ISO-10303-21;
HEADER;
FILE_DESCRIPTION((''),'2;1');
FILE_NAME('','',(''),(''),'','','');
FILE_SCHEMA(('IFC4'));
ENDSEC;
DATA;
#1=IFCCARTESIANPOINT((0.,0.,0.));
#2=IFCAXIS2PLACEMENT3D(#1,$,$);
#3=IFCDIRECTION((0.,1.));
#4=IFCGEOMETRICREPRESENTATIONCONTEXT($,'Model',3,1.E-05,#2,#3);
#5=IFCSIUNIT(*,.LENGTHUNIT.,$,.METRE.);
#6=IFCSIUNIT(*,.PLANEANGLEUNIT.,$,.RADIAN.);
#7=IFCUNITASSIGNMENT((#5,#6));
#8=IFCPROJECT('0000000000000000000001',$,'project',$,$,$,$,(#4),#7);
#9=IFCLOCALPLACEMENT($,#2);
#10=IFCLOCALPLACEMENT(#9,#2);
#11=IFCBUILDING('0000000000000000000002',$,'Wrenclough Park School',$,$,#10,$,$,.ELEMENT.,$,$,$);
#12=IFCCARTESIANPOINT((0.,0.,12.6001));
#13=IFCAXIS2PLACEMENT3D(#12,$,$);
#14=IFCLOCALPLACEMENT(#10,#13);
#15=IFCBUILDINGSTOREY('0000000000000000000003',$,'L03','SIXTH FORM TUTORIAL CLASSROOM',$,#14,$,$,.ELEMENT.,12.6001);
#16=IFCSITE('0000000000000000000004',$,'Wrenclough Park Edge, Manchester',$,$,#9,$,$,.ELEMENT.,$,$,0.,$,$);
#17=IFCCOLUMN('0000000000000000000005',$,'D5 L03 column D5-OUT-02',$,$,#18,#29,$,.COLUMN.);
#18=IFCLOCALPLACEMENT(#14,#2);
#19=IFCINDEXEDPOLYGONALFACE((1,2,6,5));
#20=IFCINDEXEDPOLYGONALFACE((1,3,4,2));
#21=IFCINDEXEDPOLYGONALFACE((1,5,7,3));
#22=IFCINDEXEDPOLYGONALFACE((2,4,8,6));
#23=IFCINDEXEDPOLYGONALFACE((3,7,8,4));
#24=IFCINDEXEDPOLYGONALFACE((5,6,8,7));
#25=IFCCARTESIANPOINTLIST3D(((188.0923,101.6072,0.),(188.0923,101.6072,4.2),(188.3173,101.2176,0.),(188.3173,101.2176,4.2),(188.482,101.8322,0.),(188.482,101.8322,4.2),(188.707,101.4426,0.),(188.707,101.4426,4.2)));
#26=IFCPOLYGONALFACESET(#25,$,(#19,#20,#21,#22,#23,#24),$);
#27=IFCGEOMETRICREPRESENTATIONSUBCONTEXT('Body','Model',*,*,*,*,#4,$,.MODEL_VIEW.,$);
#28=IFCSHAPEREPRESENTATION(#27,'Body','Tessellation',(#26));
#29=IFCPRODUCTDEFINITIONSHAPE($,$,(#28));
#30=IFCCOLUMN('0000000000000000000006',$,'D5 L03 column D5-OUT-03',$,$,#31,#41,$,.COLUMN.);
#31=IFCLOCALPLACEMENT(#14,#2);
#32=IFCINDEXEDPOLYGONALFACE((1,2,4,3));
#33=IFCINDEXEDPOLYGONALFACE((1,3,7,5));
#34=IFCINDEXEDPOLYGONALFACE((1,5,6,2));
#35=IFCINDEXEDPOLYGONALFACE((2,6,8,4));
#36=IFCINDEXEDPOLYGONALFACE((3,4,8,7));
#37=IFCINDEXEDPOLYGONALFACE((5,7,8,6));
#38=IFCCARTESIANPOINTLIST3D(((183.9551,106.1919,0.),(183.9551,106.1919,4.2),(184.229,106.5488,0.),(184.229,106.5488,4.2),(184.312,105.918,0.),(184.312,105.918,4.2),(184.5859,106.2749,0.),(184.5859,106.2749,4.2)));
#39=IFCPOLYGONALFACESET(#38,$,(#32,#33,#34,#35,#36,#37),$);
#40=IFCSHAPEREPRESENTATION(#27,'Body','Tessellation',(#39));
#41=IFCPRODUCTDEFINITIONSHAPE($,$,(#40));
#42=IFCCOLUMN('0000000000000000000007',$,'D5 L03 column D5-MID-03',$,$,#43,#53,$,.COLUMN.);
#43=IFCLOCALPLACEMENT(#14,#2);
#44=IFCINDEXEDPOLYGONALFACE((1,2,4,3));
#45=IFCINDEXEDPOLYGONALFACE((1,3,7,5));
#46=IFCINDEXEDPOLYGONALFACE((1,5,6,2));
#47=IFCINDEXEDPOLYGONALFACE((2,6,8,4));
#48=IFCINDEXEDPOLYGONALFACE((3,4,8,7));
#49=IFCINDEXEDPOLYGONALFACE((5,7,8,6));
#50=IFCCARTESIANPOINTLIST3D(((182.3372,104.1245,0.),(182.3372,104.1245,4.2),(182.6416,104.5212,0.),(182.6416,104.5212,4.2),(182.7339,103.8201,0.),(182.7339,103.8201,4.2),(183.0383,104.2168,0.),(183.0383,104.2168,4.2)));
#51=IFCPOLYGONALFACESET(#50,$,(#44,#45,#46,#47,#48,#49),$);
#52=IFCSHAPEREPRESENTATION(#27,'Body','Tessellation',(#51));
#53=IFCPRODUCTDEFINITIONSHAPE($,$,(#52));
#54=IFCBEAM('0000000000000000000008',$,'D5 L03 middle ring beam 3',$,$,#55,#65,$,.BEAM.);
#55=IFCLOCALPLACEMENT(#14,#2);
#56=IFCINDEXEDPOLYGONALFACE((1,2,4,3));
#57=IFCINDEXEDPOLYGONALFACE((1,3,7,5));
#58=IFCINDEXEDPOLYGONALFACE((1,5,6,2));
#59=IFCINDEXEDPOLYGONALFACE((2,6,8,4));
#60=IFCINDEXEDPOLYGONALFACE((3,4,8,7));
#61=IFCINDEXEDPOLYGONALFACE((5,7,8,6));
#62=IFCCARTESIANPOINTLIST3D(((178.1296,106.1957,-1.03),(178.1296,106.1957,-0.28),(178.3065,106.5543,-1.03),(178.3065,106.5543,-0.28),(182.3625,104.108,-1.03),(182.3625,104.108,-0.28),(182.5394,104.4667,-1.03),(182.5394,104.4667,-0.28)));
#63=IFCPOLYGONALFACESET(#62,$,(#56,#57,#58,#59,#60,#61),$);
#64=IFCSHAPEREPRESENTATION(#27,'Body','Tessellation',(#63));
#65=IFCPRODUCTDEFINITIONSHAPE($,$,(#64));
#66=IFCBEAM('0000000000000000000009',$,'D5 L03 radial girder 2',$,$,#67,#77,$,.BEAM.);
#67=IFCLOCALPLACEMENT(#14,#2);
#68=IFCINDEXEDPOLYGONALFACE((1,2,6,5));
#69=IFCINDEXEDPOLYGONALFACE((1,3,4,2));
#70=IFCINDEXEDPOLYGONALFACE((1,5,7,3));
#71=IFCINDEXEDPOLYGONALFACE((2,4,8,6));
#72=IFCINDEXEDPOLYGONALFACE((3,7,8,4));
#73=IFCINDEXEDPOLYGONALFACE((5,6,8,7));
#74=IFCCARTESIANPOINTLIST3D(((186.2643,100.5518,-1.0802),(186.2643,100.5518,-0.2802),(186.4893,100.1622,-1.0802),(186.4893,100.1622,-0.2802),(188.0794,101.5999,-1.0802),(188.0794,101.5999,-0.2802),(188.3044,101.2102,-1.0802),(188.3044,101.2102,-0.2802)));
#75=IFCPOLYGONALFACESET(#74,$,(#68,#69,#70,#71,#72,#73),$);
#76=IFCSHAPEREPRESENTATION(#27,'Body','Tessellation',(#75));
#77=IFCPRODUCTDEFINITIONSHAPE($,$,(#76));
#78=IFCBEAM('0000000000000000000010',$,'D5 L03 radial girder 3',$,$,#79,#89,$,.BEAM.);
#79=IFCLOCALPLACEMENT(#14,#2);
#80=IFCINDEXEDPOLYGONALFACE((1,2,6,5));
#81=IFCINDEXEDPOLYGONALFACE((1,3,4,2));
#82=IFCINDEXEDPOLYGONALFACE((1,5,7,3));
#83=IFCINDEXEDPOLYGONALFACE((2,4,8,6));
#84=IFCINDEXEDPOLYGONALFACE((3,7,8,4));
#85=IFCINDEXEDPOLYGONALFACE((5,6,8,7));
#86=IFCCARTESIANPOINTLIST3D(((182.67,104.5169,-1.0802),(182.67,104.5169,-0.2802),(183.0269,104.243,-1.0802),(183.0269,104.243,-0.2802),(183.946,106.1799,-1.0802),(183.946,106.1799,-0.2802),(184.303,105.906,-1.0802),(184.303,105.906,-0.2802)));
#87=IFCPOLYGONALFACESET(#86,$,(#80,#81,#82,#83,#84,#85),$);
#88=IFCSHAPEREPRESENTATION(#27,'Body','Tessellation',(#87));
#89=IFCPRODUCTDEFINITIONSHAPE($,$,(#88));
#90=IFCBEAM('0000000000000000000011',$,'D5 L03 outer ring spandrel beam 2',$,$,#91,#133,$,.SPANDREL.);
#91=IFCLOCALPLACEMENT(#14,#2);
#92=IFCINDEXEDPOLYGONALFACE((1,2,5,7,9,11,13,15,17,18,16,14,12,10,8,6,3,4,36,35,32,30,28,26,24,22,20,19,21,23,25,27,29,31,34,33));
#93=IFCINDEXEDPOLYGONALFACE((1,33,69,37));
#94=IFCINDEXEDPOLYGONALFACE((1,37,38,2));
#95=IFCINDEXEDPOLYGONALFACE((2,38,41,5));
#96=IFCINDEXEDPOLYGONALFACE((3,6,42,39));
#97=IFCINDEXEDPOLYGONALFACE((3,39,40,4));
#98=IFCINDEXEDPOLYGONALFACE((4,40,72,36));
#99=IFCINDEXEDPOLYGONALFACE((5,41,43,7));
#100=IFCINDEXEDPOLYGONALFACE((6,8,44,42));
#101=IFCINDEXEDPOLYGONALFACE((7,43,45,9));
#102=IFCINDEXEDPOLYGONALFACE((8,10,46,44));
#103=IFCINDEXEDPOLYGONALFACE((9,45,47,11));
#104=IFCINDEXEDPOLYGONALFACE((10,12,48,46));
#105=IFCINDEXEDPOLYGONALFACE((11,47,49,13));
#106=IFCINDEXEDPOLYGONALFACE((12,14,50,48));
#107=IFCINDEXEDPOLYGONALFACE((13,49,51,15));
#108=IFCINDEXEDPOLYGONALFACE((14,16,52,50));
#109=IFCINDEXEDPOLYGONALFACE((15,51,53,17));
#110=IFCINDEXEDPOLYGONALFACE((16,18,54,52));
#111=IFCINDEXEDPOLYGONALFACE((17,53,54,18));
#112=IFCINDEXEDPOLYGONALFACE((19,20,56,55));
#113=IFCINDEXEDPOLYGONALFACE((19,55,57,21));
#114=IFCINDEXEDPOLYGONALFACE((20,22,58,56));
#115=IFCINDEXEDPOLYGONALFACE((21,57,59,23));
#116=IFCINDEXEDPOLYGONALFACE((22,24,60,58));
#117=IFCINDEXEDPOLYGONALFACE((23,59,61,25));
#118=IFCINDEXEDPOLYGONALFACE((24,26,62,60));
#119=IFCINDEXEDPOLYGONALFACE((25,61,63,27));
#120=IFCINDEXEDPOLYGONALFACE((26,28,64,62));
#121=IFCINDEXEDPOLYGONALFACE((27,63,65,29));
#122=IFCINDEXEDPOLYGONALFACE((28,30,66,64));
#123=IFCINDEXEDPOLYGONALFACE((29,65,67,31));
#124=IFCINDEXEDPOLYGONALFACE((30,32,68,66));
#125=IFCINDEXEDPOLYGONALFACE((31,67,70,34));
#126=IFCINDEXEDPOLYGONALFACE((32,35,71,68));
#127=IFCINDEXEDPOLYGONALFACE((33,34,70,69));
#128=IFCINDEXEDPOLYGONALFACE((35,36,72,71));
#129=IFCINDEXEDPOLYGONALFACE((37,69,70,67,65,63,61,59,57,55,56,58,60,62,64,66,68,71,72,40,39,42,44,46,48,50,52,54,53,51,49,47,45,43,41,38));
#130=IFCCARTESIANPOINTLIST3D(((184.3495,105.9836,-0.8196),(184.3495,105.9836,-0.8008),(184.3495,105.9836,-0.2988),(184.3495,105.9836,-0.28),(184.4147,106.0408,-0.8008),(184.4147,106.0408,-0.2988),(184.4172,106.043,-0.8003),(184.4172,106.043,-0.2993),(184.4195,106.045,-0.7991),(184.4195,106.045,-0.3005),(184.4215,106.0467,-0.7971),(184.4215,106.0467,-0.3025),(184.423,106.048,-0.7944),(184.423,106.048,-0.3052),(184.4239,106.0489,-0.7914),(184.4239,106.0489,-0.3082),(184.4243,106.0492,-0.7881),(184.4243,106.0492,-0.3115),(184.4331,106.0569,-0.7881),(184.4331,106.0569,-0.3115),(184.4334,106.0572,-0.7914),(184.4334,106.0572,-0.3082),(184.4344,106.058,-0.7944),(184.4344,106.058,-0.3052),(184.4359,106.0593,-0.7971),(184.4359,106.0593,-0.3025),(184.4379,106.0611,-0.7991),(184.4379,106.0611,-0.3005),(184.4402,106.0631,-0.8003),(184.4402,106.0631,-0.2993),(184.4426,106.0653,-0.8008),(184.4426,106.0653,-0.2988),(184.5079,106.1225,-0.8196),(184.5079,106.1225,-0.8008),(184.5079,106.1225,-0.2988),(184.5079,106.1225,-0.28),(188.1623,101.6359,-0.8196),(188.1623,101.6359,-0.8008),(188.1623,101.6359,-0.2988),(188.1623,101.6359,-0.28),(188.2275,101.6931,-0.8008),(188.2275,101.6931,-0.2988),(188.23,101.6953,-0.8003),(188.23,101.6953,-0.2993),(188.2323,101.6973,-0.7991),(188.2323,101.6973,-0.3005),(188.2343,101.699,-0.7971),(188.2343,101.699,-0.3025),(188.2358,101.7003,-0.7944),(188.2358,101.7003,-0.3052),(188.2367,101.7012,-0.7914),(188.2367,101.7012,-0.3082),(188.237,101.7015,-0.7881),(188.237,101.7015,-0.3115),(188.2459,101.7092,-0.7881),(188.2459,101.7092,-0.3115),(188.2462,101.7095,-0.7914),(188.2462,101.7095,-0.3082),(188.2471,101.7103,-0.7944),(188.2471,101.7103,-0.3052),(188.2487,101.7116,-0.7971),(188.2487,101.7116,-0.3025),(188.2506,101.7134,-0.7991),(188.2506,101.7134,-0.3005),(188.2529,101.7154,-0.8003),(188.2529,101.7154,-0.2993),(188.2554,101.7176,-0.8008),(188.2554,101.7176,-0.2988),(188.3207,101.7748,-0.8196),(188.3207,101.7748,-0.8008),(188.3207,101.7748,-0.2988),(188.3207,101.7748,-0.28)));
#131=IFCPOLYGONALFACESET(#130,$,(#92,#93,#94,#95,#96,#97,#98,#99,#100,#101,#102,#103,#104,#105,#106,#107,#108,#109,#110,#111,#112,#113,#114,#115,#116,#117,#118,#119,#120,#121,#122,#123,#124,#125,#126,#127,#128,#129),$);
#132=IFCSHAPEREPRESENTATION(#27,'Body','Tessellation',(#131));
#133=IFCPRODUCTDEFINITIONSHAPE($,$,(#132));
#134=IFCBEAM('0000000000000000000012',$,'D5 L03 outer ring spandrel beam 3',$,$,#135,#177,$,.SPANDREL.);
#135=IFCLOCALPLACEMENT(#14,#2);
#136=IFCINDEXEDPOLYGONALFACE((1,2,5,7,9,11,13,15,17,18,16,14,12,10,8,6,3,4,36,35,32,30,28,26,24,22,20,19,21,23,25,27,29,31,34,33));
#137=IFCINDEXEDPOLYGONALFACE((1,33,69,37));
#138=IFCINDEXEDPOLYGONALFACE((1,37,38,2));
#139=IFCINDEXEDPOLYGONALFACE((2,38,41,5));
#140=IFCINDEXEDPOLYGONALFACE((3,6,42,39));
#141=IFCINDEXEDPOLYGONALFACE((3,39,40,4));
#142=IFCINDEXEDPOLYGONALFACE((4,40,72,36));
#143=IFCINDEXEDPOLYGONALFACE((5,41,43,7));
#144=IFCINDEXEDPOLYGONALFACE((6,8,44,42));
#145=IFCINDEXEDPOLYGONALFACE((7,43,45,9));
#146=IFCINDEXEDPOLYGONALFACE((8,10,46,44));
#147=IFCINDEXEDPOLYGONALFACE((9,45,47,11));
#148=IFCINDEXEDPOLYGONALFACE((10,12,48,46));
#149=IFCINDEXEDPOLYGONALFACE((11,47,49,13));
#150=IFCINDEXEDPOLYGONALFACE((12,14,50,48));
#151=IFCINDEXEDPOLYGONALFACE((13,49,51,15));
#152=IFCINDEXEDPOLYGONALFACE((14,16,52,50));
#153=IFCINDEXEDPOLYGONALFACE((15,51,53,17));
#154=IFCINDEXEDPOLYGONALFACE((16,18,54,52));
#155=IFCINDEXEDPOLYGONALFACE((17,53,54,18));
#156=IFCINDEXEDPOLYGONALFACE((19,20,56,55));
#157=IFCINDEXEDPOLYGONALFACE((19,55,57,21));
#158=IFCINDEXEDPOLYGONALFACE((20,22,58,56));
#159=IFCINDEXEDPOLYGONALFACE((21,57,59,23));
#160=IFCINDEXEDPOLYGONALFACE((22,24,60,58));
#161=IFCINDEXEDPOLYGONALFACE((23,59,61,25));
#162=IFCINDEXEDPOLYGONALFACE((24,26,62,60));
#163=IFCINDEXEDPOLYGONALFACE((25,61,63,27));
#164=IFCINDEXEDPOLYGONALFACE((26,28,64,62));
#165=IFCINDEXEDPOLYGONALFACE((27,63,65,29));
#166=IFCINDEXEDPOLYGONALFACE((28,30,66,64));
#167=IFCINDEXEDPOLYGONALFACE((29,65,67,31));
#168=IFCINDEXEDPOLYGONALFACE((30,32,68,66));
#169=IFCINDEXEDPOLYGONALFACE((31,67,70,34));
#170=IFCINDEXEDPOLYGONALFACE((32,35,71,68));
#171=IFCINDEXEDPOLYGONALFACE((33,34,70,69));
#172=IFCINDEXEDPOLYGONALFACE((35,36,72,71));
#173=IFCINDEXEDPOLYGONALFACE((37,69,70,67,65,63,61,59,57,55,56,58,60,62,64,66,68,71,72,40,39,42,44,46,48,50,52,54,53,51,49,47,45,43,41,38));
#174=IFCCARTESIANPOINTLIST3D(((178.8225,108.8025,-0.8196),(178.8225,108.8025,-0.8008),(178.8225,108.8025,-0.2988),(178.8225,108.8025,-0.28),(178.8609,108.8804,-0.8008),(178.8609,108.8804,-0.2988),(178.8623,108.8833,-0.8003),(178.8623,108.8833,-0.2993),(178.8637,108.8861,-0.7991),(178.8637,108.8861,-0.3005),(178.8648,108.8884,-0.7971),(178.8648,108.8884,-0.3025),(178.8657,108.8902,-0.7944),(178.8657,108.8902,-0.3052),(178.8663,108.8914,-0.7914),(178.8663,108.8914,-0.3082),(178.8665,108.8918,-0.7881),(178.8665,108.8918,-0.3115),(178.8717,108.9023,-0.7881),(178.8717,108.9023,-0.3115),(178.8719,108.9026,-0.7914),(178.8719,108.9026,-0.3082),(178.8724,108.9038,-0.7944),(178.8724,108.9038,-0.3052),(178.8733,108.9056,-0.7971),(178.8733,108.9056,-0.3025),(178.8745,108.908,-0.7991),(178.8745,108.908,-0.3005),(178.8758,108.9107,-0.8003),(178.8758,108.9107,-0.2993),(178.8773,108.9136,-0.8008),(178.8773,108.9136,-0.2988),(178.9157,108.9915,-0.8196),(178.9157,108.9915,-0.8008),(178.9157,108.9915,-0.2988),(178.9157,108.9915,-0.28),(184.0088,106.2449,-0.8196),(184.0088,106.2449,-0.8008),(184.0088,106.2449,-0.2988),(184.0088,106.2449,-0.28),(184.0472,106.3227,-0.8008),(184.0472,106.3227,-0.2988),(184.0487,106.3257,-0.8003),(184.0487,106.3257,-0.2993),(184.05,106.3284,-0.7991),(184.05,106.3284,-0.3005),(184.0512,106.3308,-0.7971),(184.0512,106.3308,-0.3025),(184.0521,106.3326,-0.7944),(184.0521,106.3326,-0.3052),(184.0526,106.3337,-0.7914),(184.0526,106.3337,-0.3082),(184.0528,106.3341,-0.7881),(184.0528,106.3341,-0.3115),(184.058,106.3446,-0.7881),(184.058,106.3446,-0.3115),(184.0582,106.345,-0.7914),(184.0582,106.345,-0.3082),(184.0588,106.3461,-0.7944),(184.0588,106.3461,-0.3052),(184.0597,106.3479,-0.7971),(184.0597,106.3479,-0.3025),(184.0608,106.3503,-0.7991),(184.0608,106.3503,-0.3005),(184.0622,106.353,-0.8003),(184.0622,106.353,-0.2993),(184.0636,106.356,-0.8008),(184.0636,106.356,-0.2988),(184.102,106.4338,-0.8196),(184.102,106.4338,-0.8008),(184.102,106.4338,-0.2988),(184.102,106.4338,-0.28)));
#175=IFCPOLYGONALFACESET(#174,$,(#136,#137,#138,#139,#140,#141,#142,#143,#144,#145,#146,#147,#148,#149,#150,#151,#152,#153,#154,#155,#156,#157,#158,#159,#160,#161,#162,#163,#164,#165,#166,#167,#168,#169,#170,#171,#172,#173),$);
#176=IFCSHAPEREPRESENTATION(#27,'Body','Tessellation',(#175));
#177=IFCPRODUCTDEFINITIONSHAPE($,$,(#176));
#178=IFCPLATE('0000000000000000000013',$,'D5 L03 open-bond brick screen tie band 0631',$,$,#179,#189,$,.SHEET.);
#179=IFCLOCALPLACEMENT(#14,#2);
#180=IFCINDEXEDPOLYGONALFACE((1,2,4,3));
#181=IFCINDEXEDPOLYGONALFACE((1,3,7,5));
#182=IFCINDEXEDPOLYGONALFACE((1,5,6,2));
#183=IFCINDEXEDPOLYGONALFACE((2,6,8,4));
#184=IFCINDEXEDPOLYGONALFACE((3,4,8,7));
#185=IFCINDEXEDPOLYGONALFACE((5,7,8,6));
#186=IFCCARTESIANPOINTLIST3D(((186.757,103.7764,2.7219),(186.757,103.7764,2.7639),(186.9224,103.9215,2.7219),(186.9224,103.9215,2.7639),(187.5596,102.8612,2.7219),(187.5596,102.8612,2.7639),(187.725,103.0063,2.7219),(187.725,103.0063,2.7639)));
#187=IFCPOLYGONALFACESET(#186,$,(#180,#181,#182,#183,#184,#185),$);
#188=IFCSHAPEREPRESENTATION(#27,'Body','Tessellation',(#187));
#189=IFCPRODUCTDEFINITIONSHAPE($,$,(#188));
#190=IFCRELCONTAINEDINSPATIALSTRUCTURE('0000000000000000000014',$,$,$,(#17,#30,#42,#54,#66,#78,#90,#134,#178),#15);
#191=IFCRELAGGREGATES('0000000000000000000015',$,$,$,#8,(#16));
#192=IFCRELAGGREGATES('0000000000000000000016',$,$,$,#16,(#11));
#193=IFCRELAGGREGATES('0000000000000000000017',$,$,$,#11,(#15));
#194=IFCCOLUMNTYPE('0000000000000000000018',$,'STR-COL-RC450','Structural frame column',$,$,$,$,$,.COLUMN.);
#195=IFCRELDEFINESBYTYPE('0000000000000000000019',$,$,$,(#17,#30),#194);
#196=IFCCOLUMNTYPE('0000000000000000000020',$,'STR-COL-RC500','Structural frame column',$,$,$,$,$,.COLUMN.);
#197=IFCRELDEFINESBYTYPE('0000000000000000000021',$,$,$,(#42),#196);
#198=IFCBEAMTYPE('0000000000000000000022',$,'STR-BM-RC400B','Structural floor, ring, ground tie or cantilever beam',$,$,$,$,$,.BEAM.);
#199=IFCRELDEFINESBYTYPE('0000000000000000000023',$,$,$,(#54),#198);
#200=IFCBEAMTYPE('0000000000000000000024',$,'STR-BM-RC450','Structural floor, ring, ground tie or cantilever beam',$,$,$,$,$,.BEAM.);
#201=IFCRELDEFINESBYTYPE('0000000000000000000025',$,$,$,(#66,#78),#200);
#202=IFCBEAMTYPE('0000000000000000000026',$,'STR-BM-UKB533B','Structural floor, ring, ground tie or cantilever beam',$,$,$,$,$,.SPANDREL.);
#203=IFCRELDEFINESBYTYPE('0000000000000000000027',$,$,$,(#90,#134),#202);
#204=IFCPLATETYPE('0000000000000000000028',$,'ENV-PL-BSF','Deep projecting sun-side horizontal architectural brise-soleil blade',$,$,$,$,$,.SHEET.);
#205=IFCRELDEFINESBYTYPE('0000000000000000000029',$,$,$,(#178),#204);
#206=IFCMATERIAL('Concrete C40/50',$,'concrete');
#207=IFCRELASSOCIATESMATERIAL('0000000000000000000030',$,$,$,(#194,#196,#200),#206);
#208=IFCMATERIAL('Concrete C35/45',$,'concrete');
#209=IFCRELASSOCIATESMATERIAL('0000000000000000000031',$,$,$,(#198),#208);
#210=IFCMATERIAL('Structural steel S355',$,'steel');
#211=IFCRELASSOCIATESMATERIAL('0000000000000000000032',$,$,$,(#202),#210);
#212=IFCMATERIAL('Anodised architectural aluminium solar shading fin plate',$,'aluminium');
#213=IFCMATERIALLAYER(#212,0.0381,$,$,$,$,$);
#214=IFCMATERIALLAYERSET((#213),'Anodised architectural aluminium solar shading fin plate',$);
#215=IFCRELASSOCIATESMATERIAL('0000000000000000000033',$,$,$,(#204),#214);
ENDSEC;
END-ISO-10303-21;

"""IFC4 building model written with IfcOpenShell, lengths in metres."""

from ifc_helpers import new_model, si_unit, direction, frame, origin, origin_2d, place, context, subcontext, project, spatial, rectangle, i_section, extrude, material, layer, layer_set, material_profile, profile_set, type_object, element, save


model = new_model("IFC4")

# Units and contexts
model_context = context("Model", 3, precision=1e-05, world=origin(), true_north=direction((0.0, 1.0)))
body_context = subcontext(model_context, "Body", "Model", "MODEL_VIEW")
ifc_project = project(units=[si_unit("LENGTHUNIT", "METRE"), si_unit("PLANEANGLEUNIT", "RADIAN")], contexts=[model_context])

# Site, building, storey
site_placement = place(None, origin())
site = spatial("IfcSite", under=ifc_project, at=site_placement, Name="Wrenclough Park Edge, Manchester", CompositionType="ELEMENT", RefElevation=0.0)
building_placement = place(site_placement, origin())
building = spatial("IfcBuilding", under=site, at=building_placement, Name="Wrenclough Park School", CompositionType="ELEMENT")
storey_placement = place(building_placement, frame((0.0, 0.0, 12.6001)))
storey = spatial("IfcBuildingStorey", under=building, at=storey_placement, Name="L03", Description="SIXTH FORM TUTORIAL CLASSROOM", CompositionType="ELEMENT", Elevation=12.6001)

# Columns
ifc_material_1 = material(Name="Concrete C40/50", Category="concrete")
ifc_material_profile_1 = material_profile(ifc_material_1, rectangle(XDim=0.45, YDim=0.45, at=origin_2d()), Name="RC COL 450x450")
ifc_profile_set_1 = profile_set([ifc_material_profile_1], Name="Concrete C40/50")
column_type_1 = type_object("IfcColumnType", Name="STR-COL-RC450", Description="Structural frame column", PredefinedType="COLUMN", material=ifc_profile_set_1)
for number, where, z_axis, x_axis, name in (
    (1, (188.3997, 101.5249, 0.0), (0.0, 0.0, 1.0), (-0.5, 0.866025, 0.0), "D5 L03 column D5-OUT-02"),
    (2, (184.2705, 106.2334, 0.0), (0.0, 0.0, 1.0), (-0.793353, 0.608761, 0.0), "D5 L03 column D5-OUT-03"),
):
    element("IfcColumn", number, at=place(storey_placement, frame(where, z_axis=z_axis, x_axis=x_axis)), inside=storey, type_object=column_type_1, Name=name, PredefinedType="COLUMN", context=body_context, shape_type="SweptSolid", body=[
        extrude(rectangle(XDim=0.45, YDim=0.45, at=origin_2d()), origin(), (0.0, 0.0, 1.0), 4.2),
    ])
ifc_material_profile_2 = material_profile(ifc_material_1, rectangle(XDim=0.5, YDim=0.5, at=origin_2d()), Name="RC COL 500x500")
ifc_profile_set_2 = profile_set([ifc_material_profile_2], Name="Concrete C40/50")
column_type_2 = type_object("IfcColumnType", Name="STR-COL-RC500", Description="Structural frame column", PredefinedType="COLUMN", material=ifc_profile_set_2)
column_placement = place(storey_placement, frame((182.6877, 104.1707, 0.0), z_axis=(0.0, 0.0, 1.0), x_axis=(-0.793353, 0.608761, 0.0)))
element("IfcColumn", 3, at=column_placement, inside=storey, type_object=column_type_2, Name="D5 L03 column D5-MID-03", PredefinedType="COLUMN", context=body_context, shape_type="SweptSolid", body=[
    extrude(rectangle(XDim=0.5, YDim=0.5, at=origin_2d()), origin(), (0.0, 0.0, 1.0), 4.2),
])

# Beams
ifc_material_2 = material(Name="Concrete C35/45", Category="concrete")
ifc_material_profile_3 = material_profile(ifc_material_2, rectangle(XDim=0.3999, YDim=0.75, at=origin_2d()), Name="RC BEAM 400x750")
ifc_profile_set_3 = profile_set([ifc_material_profile_3], Name="Concrete C35/45")
beam_type_1 = type_object("IfcBeamType", Name="STR-BM-RC400B", Description="Structural floor, ring, ground tie or cantilever beam", PredefinedType="BEAM", material=ifc_profile_set_3)
beam_1_placement = place(storey_placement, frame((182.4509, 104.2874, -0.655), z_axis=(-0.896855, 0.442324, 0.0), x_axis=(-0.442324, -0.896855, 0.0)))
element("IfcBeam", 4, at=beam_1_placement, inside=storey, type_object=beam_type_1, Name="D5 L03 middle ring beam 3", PredefinedType="BEAM", context=body_context, shape_type="SweptSolid", body=[
    extrude(rectangle(XDim=0.3999, YDim=0.75, at=origin_2d()), origin(), (0.0, 0.0, 1.0), 4.7197),
])
ifc_material_profile_4 = material_profile(ifc_material_1, rectangle(XDim=0.45, YDim=0.8, at=origin_2d()), Name="RC BEAM 450x800")
ifc_profile_set_4 = profile_set([ifc_material_profile_4], Name="Concrete C40/50")
beam_type_2 = type_object("IfcBeamType", Name="STR-BM-RC450", Description="Structural floor, ring, ground tie or cantilever beam", PredefinedType="BEAM", material=ifc_profile_set_4)
beam_2_placement = place(storey_placement, frame((188.1919, 101.405, -0.6802), z_axis=(-0.866005, -0.500035, 0.0), x_axis=(0.500035, -0.866005, 0.0)))
element("IfcBeam", 5, at=beam_2_placement, inside=storey, type_object=beam_type_2, Name="D5 L03 radial girder 2", PredefinedType="BEAM", context=body_context, shape_type="SweptSolid", body=[
    extrude(rectangle(XDim=0.45, YDim=0.8, at=origin_2d()), origin(), (0.0, 0.0, 1.0), 2.0959),
])
beam_3_placement = place(storey_placement, frame((184.1245, 106.043, -0.6802), z_axis=(-0.608759, -0.793355, 0.0), x_axis=(0.793355, -0.608759, 0.0)))
element("IfcBeam", 6, at=beam_3_placement, inside=storey, type_object=beam_type_2, Name="D5 L03 radial girder 3", PredefinedType="BEAM", context=body_context, shape_type="SweptSolid", body=[
    extrude(rectangle(XDim=0.45, YDim=0.8, at=origin_2d()), origin(), (0.0, 0.0, 1.0), 2.0962),
])
ifc_material_3 = material(Name="Structural steel S355", Category="steel")
ifc_material_profile_5 = material_profile(ifc_material_3, i_section(OverallWidth=0.2107, OverallDepth=0.5396, WebThickness=0.0117, FlangeThickness=0.0188, FilletRadius=0.0127, at=origin_2d()), Name="UKB 533x210x109")
ifc_profile_set_5 = profile_set([ifc_material_profile_5], Name="Structural steel S355")
beam_type_3 = type_object("IfcBeamType", Name="STR-BM-UKB533B", Description="Structural floor, ring, ground tie or cantilever beam", PredefinedType="SPANDREL", material=ifc_profile_set_5)
for number, where, z_axis, x_axis, name in (
    (7, (188.2415, 101.7053, -0.5498), (-0.659341, 0.751844, 0.0), (-0.751844, -0.659341, 0.0), "D5 L03 outer ring spandrel beam 2"),
    (8, (184.0554, 106.3394, -0.5498), (-0.896871, 0.442292, 0.0), (-0.442292, -0.896871, 0.0), "D5 L03 outer ring spandrel beam 3"),
):
    element("IfcBeam", number, at=place(storey_placement, frame(where, z_axis=z_axis, x_axis=x_axis)), inside=storey, type_object=beam_type_3, Name=name, PredefinedType="SPANDREL", context=body_context, shape_type="SweptSolid", body=[
        extrude(i_section(OverallWidth=0.2107, OverallDepth=0.5396, WebThickness=0.0117, FlangeThickness=0.0188, FilletRadius=0.0127, at=origin_2d()), origin(), (0.0, 0.0, 1.0), 5.7827),
    ])

# Plate
ifc_material_4 = material(Name="Anodised architectural aluminium solar shading fin plate", Category="aluminium")
ifc_layer_1 = layer(ifc_material_4, 0.0381)
ifc_layer_set_1 = layer_set([ifc_layer_1], Name="Anodised architectural aluminium solar shading fin plate")
plate_type = type_object("IfcPlateType", Name="ENV-PL-BSF", Description="Deep projecting sun-side horizontal architectural brise-soleil blade", PredefinedType="SHEET", material=ifc_layer_set_1)
for number, where, z_axis, x_axis, name in (
    (9, (187.241, 103.3914, 2.7219), (0.0, 0.0, 1.0), (-0.659347, 0.751839, 0.0), "D5 L03 open-bond brick screen tie band 0631"),
):
    element("IfcPlate", number, at=place(storey_placement, frame(where, z_axis=z_axis, x_axis=x_axis)), inside=storey, type_object=plate_type, Name=name, PredefinedType="SHEET", context=body_context, shape_type="SweptSolid", body=[
        extrude(rectangle(XDim=1.2173, YDim=0.22, at=origin_2d()), origin(), (0.0, 0.0, 1.0), 0.042),
    ])

save(model, "model.ifc")
